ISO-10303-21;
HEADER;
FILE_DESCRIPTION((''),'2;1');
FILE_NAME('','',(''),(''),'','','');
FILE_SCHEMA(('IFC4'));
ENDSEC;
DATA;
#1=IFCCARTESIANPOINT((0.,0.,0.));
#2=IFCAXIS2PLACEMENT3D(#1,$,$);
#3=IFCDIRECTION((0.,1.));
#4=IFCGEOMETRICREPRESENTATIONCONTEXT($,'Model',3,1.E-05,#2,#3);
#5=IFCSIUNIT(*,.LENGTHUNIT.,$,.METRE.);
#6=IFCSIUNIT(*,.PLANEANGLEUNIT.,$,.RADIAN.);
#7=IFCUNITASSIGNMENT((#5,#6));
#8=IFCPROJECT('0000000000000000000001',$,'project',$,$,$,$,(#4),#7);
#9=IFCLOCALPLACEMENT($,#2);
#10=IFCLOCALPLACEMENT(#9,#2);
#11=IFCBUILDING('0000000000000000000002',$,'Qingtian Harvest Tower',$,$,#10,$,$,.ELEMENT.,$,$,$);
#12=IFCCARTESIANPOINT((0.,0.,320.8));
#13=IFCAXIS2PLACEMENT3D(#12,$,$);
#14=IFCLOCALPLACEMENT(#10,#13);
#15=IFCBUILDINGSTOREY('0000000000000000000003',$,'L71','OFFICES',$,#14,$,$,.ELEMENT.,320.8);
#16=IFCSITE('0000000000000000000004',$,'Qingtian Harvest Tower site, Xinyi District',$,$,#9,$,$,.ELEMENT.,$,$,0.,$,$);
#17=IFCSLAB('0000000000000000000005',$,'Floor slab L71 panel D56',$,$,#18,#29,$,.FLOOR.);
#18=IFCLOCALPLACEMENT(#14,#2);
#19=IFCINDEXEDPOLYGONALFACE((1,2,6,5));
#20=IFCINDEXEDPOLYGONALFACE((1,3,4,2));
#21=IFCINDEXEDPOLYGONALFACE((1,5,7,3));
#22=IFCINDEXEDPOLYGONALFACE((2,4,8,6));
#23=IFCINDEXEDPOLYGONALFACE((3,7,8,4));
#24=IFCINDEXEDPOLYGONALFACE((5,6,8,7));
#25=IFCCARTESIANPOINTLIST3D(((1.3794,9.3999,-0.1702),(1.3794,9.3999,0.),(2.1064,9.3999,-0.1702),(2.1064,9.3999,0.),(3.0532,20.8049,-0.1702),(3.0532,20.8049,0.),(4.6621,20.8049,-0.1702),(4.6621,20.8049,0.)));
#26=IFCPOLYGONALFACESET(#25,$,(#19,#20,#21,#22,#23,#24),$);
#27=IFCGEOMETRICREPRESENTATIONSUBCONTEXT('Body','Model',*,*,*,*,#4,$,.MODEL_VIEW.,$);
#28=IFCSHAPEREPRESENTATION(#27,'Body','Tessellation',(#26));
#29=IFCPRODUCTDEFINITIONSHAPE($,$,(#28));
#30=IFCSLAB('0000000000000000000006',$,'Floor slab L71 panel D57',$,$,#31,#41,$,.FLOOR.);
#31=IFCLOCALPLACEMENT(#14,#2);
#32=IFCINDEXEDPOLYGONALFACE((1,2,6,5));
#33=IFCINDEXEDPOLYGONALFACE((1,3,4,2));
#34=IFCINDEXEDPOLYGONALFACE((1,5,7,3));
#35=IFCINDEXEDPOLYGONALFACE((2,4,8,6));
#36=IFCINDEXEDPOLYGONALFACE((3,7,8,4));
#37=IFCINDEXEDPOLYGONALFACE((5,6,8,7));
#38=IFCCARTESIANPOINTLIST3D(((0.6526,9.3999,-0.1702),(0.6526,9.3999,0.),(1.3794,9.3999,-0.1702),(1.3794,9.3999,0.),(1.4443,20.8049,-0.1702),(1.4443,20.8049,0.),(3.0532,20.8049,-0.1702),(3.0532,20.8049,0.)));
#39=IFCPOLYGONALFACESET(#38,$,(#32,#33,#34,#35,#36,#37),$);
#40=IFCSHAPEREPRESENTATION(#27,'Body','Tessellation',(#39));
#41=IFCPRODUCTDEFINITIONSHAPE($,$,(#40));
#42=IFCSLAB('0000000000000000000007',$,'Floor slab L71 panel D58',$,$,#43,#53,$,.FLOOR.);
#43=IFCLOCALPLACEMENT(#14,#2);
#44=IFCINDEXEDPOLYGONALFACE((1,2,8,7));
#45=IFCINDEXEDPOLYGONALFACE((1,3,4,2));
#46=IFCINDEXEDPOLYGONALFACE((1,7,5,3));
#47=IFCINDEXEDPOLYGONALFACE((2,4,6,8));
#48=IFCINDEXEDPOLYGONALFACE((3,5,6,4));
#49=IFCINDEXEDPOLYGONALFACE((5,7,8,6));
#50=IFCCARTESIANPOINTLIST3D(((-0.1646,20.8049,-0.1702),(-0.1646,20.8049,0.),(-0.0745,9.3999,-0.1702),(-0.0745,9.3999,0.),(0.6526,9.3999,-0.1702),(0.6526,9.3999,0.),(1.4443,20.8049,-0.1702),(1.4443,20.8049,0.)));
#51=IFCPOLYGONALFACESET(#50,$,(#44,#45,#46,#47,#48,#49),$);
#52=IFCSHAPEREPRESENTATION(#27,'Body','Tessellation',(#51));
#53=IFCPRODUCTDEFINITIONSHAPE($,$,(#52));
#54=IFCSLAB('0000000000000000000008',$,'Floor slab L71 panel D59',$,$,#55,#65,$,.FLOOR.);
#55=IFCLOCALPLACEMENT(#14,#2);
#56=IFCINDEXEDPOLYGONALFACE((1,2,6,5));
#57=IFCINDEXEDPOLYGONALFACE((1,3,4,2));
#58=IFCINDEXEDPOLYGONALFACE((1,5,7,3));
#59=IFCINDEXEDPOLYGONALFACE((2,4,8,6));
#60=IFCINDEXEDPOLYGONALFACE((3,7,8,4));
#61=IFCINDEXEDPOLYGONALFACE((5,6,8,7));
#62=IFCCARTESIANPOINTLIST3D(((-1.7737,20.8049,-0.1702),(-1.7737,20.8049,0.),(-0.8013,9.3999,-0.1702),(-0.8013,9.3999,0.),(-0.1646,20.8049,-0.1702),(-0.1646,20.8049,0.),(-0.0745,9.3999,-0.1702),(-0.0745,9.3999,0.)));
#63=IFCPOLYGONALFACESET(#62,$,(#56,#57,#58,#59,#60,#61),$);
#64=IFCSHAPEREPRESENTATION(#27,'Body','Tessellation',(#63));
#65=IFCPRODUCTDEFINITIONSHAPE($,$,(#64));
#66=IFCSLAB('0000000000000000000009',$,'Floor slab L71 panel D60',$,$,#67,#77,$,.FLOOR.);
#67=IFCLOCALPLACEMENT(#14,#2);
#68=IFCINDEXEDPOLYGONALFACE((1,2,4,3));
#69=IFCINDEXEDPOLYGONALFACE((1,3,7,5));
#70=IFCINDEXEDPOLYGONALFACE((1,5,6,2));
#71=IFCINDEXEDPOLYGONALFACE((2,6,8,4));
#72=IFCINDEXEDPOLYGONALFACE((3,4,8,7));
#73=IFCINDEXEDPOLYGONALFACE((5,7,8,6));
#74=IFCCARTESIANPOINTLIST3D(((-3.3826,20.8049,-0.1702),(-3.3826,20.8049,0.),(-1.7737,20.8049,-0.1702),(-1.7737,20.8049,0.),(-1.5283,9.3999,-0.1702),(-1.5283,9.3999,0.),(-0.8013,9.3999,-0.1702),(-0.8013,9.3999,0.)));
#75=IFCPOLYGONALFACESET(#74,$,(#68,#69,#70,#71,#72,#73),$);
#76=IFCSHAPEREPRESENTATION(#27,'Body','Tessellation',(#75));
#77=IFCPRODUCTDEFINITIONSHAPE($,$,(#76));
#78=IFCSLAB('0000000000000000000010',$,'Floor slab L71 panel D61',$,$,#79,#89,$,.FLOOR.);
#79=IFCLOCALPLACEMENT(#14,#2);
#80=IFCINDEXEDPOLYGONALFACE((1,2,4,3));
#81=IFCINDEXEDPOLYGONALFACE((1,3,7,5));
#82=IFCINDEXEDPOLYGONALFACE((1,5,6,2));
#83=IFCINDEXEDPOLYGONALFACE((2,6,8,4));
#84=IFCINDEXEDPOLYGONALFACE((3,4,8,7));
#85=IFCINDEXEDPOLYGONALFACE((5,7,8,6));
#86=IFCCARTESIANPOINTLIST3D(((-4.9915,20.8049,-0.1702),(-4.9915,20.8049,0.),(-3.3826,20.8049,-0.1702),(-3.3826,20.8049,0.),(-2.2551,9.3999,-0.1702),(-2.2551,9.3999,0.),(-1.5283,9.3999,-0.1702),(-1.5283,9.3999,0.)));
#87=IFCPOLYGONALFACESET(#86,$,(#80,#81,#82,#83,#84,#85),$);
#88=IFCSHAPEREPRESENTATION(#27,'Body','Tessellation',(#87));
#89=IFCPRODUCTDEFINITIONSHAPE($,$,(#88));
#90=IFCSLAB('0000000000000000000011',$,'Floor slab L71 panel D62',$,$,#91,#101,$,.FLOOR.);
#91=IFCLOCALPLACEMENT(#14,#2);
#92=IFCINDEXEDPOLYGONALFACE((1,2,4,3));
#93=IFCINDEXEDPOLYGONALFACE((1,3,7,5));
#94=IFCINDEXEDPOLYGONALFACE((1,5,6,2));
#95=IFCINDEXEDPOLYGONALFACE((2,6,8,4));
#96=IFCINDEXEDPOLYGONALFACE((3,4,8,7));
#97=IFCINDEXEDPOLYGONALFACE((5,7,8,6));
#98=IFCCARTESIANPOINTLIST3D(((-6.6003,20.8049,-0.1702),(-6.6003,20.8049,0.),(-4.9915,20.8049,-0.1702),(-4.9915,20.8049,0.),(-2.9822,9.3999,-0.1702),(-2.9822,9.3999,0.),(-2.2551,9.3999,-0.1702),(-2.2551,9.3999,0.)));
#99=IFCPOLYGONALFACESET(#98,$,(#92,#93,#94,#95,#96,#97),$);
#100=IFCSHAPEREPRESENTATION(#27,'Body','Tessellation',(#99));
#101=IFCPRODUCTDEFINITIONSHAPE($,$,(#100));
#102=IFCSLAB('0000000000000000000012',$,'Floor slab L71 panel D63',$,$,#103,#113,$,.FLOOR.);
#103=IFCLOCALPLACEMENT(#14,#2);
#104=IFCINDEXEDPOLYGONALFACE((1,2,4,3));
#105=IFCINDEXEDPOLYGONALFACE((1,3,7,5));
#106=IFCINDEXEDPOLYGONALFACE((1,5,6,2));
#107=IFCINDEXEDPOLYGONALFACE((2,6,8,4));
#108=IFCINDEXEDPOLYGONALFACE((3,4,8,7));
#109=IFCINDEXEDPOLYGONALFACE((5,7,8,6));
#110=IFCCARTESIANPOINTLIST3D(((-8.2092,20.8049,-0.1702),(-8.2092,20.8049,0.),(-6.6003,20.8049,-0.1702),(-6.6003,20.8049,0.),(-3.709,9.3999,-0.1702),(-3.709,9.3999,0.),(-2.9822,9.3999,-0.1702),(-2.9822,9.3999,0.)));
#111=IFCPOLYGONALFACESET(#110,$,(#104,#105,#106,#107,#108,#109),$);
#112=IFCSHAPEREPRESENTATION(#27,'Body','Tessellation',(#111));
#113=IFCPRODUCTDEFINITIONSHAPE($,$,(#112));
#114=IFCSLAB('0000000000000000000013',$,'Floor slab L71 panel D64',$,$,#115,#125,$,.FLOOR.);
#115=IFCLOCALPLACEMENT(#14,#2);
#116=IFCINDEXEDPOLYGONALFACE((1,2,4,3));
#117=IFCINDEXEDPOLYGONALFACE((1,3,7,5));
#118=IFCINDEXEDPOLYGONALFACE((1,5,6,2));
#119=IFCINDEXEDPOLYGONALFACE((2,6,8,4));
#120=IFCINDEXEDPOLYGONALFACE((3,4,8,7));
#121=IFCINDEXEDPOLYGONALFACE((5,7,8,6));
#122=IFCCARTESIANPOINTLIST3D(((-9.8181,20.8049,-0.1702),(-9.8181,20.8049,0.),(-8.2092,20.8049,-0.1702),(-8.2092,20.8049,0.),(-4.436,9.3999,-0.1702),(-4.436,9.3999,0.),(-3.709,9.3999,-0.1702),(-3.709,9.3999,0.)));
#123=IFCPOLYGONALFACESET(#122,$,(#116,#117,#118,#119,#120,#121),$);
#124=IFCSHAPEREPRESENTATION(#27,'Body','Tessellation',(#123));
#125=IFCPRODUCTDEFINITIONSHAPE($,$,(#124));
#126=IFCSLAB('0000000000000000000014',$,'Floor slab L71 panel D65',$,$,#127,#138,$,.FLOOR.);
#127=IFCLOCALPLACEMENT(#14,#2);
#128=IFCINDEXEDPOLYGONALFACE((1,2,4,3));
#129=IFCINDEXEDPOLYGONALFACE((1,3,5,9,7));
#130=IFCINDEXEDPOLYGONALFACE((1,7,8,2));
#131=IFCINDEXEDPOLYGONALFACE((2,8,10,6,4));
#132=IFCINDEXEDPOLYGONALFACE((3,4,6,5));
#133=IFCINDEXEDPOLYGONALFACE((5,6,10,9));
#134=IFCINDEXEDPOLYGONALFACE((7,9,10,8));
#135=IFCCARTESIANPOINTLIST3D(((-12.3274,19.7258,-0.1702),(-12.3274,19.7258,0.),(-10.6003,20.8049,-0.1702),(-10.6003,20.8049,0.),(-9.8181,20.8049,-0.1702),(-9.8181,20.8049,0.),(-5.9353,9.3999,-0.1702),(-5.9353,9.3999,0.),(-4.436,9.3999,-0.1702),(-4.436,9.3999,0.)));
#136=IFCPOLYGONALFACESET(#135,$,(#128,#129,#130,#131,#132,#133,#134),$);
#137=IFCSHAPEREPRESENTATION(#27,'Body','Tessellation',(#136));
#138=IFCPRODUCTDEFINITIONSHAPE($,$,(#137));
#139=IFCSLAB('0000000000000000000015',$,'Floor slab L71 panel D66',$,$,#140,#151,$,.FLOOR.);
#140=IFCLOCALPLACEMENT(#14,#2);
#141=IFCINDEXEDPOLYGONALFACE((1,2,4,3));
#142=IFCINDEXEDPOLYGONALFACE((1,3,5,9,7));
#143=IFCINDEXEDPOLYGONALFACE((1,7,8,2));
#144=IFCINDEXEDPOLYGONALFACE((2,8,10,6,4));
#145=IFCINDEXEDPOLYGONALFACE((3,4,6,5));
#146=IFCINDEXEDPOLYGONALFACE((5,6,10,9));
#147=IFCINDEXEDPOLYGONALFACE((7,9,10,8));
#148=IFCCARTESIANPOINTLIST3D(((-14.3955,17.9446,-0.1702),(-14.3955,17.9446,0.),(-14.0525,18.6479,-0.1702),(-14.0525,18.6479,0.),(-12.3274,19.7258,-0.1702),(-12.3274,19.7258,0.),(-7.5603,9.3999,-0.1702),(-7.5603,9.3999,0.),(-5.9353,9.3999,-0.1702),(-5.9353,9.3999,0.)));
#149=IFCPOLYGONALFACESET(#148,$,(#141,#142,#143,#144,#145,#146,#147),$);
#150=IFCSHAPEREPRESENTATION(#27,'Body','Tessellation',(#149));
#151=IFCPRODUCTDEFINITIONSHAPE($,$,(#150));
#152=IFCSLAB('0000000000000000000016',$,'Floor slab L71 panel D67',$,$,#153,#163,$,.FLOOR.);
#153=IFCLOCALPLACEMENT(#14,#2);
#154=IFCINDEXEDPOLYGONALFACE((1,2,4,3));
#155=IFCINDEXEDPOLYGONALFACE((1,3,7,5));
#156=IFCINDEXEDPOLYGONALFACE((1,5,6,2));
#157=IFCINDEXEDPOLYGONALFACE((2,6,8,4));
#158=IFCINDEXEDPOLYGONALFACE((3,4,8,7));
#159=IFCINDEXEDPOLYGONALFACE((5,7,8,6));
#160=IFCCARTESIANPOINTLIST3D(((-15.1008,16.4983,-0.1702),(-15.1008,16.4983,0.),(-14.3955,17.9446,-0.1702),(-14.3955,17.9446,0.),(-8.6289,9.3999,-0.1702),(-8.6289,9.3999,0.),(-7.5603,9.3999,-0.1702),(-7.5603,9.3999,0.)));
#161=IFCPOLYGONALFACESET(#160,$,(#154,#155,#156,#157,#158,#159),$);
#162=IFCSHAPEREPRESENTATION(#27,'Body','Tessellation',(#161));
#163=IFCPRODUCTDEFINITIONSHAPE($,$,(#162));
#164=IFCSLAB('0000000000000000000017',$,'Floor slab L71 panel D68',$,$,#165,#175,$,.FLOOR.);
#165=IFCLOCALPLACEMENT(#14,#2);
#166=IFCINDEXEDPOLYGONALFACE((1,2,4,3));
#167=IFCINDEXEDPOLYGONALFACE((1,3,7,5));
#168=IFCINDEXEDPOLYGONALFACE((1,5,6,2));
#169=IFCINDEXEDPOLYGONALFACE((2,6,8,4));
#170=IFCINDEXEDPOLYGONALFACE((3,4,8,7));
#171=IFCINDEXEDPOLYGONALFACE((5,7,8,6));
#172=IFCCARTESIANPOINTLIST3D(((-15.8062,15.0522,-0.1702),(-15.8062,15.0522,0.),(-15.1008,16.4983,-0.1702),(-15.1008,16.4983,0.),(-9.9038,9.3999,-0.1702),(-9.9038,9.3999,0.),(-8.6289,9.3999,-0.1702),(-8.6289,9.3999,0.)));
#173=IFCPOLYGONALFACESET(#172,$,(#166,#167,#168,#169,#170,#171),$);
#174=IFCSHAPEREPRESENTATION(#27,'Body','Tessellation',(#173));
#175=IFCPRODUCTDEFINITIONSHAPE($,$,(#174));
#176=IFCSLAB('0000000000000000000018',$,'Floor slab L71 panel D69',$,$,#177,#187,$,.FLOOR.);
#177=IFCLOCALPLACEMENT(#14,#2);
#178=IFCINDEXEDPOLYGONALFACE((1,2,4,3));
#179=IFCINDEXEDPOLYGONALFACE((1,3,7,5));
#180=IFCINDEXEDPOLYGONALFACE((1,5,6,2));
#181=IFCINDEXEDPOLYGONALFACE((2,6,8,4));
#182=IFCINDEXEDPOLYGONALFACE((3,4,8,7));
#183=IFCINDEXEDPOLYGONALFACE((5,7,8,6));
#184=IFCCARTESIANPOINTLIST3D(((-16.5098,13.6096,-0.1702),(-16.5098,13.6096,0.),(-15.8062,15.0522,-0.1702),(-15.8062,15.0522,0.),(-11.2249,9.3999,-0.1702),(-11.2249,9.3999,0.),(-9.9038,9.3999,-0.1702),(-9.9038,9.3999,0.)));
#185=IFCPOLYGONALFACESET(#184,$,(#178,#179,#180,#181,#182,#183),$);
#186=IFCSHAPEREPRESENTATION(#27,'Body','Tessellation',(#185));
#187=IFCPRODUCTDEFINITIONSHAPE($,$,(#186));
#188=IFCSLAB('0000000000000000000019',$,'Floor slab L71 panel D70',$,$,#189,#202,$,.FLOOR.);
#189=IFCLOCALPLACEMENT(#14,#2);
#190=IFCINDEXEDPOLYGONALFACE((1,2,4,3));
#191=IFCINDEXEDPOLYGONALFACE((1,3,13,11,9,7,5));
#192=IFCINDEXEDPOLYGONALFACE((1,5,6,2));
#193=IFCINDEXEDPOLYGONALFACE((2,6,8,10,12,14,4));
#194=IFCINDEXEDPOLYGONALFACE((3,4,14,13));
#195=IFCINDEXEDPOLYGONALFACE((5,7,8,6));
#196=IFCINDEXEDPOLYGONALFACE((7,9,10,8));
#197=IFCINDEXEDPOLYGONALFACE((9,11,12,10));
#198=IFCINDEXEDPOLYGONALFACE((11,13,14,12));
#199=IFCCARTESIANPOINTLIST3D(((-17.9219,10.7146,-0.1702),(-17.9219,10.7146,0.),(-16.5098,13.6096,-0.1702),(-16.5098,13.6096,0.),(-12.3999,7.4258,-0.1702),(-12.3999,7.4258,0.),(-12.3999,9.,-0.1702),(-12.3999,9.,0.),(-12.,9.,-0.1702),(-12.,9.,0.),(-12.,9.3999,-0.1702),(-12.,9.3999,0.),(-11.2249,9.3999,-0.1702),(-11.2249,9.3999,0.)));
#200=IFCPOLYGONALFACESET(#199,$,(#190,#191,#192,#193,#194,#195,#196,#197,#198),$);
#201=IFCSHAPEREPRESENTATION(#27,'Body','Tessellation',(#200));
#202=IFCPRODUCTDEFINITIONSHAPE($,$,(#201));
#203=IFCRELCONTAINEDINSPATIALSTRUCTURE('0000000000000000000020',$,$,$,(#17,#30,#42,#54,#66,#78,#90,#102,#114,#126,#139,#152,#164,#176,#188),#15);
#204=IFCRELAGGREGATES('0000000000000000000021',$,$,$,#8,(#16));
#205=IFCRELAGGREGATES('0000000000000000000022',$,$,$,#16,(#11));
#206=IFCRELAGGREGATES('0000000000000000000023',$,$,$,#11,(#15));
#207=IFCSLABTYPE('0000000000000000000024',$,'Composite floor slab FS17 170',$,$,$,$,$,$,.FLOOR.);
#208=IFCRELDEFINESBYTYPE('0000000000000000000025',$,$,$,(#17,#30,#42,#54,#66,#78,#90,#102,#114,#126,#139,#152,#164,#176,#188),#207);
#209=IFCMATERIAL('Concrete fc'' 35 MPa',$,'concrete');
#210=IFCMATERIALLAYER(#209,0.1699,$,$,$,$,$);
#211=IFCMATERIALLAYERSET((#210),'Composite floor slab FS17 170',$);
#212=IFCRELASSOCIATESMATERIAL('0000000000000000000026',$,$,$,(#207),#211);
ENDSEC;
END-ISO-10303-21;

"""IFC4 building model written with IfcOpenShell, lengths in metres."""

from ifc_helpers import new_model, si_unit, direction, frame, origin, place, context, subcontext, project, spatial, polyline, outline, extrude, material, layer, layer_set, type_object, element, save


model = new_model("IFC4")

# Units and contexts
model_context = context("Model", 3, precision=1e-05, world=origin(), true_north=direction((0.0, 1.0)))
body_context = subcontext(model_context, "Body", "Model", "MODEL_VIEW")
ifc_project = project(units=[si_unit("LENGTHUNIT", "METRE"), si_unit("PLANEANGLEUNIT", "RADIAN")], contexts=[model_context])

# Site, building, storey
site_placement = place(None, origin())
site = spatial("IfcSite", under=ifc_project, at=site_placement, Name="Qingtian Harvest Tower site, Xinyi District", CompositionType="ELEMENT", RefElevation=0.0)
building_placement = place(site_placement, origin())
building = spatial("IfcBuilding", under=site, at=building_placement, Name="Qingtian Harvest Tower", CompositionType="ELEMENT")
storey_placement = place(building_placement, frame((0.0, 0.0, 320.8)))
storey = spatial("IfcBuildingStorey", under=building, at=storey_placement, Name="L71", Description="OFFICES", CompositionType="ELEMENT", Elevation=320.8)

# Slabs
ifc_material_1 = material(Name="Concrete fc' 35 MPa", Category="concrete")
ifc_layer_1 = layer(ifc_material_1, 0.1699)
ifc_layer_set_1 = layer_set([ifc_layer_1], Name="Composite floor slab FS17 170")
slab_type = type_object("IfcSlabType", Name="Composite floor slab FS17 170", PredefinedType="FLOOR", material=ifc_layer_set_1)
slab_1_placement = place(storey_placement, frame((0.0, 0.0, -0.1702)))
element("IfcSlab", 1, at=slab_1_placement, inside=storey, type_object=slab_type, Name="Floor slab L71 panel D56", PredefinedType="FLOOR", context=body_context, shape_type="SweptSolid", body=[
    extrude(outline(polyline([(1.3794, 9.3999), (3.0532, 20.8049), (4.6621, 20.8049), (2.1064, 9.3999), (1.3794, 9.3999)])), origin(), (0.0, 0.0, 1.0), 0.1702),
])
slab_2_placement = place(storey_placement, frame((0.0, 0.0, -0.1702)))
element("IfcSlab", 2, at=slab_2_placement, inside=storey, type_object=slab_type, Name="Floor slab L71 panel D57", PredefinedType="FLOOR", context=body_context, shape_type="SweptSolid", body=[
    extrude(outline(polyline([(0.6526, 9.3999), (1.4443, 20.8049), (3.0532, 20.8049), (1.3794, 9.3999), (0.6526, 9.3999)])), origin(), (0.0, 0.0, 1.0), 0.1702),
])
slab_3_placement = place(storey_placement, frame((0.0, 0.0, -0.1702)))
element("IfcSlab", 3, at=slab_3_placement, inside=storey, type_object=slab_type, Name="Floor slab L71 panel D58", PredefinedType="FLOOR", context=body_context, shape_type="SweptSolid", body=[
    extrude(outline(polyline([(-0.0745, 9.3999), (-0.1646, 20.8049), (1.4443, 20.8049), (0.6526, 9.3999), (-0.0745, 9.3999)])), origin(), (0.0, 0.0, 1.0), 0.1702),
])
slab_4_placement = place(storey_placement, frame((0.0, 0.0, -0.1702)))
element("IfcSlab", 4, at=slab_4_placement, inside=storey, type_object=slab_type, Name="Floor slab L71 panel D59", PredefinedType="FLOOR", context=body_context, shape_type="SweptSolid", body=[
    extrude(outline(polyline([(-0.8013, 9.3999), (-1.7737, 20.8049), (-0.1646, 20.8049), (-0.0745, 9.3999), (-0.8013, 9.3999)])), origin(), (0.0, 0.0, 1.0), 0.1702),
])
slab_5_placement = place(storey_placement, frame((0.0, 0.0, -0.1702)))
element("IfcSlab", 5, at=slab_5_placement, inside=storey, type_object=slab_type, Name="Floor slab L71 panel D60", PredefinedType="FLOOR", context=body_context, shape_type="SweptSolid", body=[
    extrude(outline(polyline([(-1.5283, 9.3999), (-3.3826, 20.8049), (-1.7737, 20.8049), (-0.8013, 9.3999), (-1.5283, 9.3999)])), origin(), (0.0, 0.0, 1.0), 0.1702),
])
slab_6_placement = place(storey_placement, frame((0.0, 0.0, -0.1702)))
element("IfcSlab", 6, at=slab_6_placement, inside=storey, type_object=slab_type, Name="Floor slab L71 panel D61", PredefinedType="FLOOR", context=body_context, shape_type="SweptSolid", body=[
    extrude(outline(polyline([(-2.2551, 9.3999), (-4.9915, 20.8049), (-3.3826, 20.8049), (-1.5283, 9.3999), (-2.2551, 9.3999)])), origin(), (0.0, 0.0, 1.0), 0.1702),
])
slab_7_placement = place(storey_placement, frame((0.0, 0.0, -0.1702)))
element("IfcSlab", 7, at=slab_7_placement, inside=storey, type_object=slab_type, Name="Floor slab L71 panel D62", PredefinedType="FLOOR", context=body_context, shape_type="SweptSolid", body=[
    extrude(outline(polyline([(-2.9822, 9.3999), (-6.6003, 20.8049), (-4.9915, 20.8049), (-2.2551, 9.3999), (-2.9822, 9.3999)])), origin(), (0.0, 0.0, 1.0), 0.1702),
])
slab_8_placement = place(storey_placement, frame((0.0, 0.0, -0.1702)))
element("IfcSlab", 8, at=slab_8_placement, inside=storey, type_object=slab_type, Name="Floor slab L71 panel D63", PredefinedType="FLOOR", context=body_context, shape_type="SweptSolid", body=[
    extrude(outline(polyline([(-3.709, 9.3999), (-8.2092, 20.8049), (-6.6003, 20.8049), (-2.9822, 9.3999), (-3.709, 9.3999)])), origin(), (0.0, 0.0, 1.0), 0.1702),
])
slab_9_placement = place(storey_placement, frame((0.0, 0.0, -0.1702)))
element("IfcSlab", 9, at=slab_9_placement, inside=storey, type_object=slab_type, Name="Floor slab L71 panel D64", PredefinedType="FLOOR", context=body_context, shape_type="SweptSolid", body=[
    extrude(outline(polyline([(-4.436, 9.3999), (-9.8181, 20.8049), (-8.2092, 20.8049), (-3.709, 9.3999), (-4.436, 9.3999)])), origin(), (0.0, 0.0, 1.0), 0.1702),
])
slab_10_placement = place(storey_placement, frame((0.0, 0.0, -0.1702)))
element("IfcSlab", 10, at=slab_10_placement, inside=storey, type_object=slab_type, Name="Floor slab L71 panel D65", PredefinedType="FLOOR", context=body_context, shape_type="SweptSolid", body=[
    extrude(outline(polyline([(-4.436, 9.3999), (-5.9353, 9.3999), (-12.3274, 19.7258), (-10.6003, 20.8049), (-9.8181, 20.8049), (-4.436, 9.3999)])), origin(), (0.0, 0.0, 1.0), 0.1702),
])
slab_11_placement = place(storey_placement, frame((0.0, 0.0, -0.1702)))
element("IfcSlab", 11, at=slab_11_placement, inside=storey, type_object=slab_type, Name="Floor slab L71 panel D66", PredefinedType="FLOOR", context=body_context, shape_type="SweptSolid", body=[
    extrude(outline(polyline([(-5.9353, 9.3999), (-7.5603, 9.3999), (-14.3955, 17.9446), (-14.0525, 18.6479), (-12.3274, 19.7258), (-5.9353, 9.3999)])), origin(), (0.0, 0.0, 1.0), 0.1702),
])
slab_12_placement = place(storey_placement, frame((0.0, 0.0, -0.1702)))
element("IfcSlab", 12, at=slab_12_placement, inside=storey, type_object=slab_type, Name="Floor slab L71 panel D67", PredefinedType="FLOOR", context=body_context, shape_type="SweptSolid", body=[
    extrude(outline(polyline([(-8.6289, 9.3999), (-15.1008, 16.4983), (-14.3955, 17.9446), (-7.5603, 9.3999), (-8.6289, 9.3999)])), origin(), (0.0, 0.0, 1.0), 0.1702),
])
slab_13_placement = place(storey_placement, frame((0.0, 0.0, -0.1702)))
element("IfcSlab", 13, at=slab_13_placement, inside=storey, type_object=slab_type, Name="Floor slab L71 panel D68", PredefinedType="FLOOR", context=body_context, shape_type="SweptSolid", body=[
    extrude(outline(polyline([(-9.9038, 9.3999), (-15.8062, 15.0522), (-15.1008, 16.4983), (-8.6289, 9.3999), (-9.9038, 9.3999)])), origin(), (0.0, 0.0, 1.0), 0.1702),
])
slab_14_placement = place(storey_placement, frame((0.0, 0.0, -0.1702)))
element("IfcSlab", 14, at=slab_14_placement, inside=storey, type_object=slab_type, Name="Floor slab L71 panel D69", PredefinedType="FLOOR", context=body_context, shape_type="SweptSolid", body=[
    extrude(outline(polyline([(-11.2249, 9.3999), (-16.5098, 13.6096), (-15.8062, 15.0522), (-9.9038, 9.3999), (-11.2249, 9.3999)])), origin(), (0.0, 0.0, 1.0), 0.1702),
])
slab_15_placement = place(storey_placement, frame((0.0, 0.0, -0.1702)))
element("IfcSlab", 15, at=slab_15_placement, inside=storey, type_object=slab_type, Name="Floor slab L71 panel D70", PredefinedType="FLOOR", context=body_context, shape_type="SweptSolid", body=[
    extrude(outline(polyline([(-12.0, 9.0), (-12.3999, 9.0), (-12.3999, 7.4258), (-17.9219, 10.7146), (-16.5098, 13.6096), (-11.2249, 9.3999), (-12.0, 9.3999), (-12.0, 9.0)])), origin(), (0.0, 0.0, 1.0), 0.1702),
])

save(model, "model.ifc")
